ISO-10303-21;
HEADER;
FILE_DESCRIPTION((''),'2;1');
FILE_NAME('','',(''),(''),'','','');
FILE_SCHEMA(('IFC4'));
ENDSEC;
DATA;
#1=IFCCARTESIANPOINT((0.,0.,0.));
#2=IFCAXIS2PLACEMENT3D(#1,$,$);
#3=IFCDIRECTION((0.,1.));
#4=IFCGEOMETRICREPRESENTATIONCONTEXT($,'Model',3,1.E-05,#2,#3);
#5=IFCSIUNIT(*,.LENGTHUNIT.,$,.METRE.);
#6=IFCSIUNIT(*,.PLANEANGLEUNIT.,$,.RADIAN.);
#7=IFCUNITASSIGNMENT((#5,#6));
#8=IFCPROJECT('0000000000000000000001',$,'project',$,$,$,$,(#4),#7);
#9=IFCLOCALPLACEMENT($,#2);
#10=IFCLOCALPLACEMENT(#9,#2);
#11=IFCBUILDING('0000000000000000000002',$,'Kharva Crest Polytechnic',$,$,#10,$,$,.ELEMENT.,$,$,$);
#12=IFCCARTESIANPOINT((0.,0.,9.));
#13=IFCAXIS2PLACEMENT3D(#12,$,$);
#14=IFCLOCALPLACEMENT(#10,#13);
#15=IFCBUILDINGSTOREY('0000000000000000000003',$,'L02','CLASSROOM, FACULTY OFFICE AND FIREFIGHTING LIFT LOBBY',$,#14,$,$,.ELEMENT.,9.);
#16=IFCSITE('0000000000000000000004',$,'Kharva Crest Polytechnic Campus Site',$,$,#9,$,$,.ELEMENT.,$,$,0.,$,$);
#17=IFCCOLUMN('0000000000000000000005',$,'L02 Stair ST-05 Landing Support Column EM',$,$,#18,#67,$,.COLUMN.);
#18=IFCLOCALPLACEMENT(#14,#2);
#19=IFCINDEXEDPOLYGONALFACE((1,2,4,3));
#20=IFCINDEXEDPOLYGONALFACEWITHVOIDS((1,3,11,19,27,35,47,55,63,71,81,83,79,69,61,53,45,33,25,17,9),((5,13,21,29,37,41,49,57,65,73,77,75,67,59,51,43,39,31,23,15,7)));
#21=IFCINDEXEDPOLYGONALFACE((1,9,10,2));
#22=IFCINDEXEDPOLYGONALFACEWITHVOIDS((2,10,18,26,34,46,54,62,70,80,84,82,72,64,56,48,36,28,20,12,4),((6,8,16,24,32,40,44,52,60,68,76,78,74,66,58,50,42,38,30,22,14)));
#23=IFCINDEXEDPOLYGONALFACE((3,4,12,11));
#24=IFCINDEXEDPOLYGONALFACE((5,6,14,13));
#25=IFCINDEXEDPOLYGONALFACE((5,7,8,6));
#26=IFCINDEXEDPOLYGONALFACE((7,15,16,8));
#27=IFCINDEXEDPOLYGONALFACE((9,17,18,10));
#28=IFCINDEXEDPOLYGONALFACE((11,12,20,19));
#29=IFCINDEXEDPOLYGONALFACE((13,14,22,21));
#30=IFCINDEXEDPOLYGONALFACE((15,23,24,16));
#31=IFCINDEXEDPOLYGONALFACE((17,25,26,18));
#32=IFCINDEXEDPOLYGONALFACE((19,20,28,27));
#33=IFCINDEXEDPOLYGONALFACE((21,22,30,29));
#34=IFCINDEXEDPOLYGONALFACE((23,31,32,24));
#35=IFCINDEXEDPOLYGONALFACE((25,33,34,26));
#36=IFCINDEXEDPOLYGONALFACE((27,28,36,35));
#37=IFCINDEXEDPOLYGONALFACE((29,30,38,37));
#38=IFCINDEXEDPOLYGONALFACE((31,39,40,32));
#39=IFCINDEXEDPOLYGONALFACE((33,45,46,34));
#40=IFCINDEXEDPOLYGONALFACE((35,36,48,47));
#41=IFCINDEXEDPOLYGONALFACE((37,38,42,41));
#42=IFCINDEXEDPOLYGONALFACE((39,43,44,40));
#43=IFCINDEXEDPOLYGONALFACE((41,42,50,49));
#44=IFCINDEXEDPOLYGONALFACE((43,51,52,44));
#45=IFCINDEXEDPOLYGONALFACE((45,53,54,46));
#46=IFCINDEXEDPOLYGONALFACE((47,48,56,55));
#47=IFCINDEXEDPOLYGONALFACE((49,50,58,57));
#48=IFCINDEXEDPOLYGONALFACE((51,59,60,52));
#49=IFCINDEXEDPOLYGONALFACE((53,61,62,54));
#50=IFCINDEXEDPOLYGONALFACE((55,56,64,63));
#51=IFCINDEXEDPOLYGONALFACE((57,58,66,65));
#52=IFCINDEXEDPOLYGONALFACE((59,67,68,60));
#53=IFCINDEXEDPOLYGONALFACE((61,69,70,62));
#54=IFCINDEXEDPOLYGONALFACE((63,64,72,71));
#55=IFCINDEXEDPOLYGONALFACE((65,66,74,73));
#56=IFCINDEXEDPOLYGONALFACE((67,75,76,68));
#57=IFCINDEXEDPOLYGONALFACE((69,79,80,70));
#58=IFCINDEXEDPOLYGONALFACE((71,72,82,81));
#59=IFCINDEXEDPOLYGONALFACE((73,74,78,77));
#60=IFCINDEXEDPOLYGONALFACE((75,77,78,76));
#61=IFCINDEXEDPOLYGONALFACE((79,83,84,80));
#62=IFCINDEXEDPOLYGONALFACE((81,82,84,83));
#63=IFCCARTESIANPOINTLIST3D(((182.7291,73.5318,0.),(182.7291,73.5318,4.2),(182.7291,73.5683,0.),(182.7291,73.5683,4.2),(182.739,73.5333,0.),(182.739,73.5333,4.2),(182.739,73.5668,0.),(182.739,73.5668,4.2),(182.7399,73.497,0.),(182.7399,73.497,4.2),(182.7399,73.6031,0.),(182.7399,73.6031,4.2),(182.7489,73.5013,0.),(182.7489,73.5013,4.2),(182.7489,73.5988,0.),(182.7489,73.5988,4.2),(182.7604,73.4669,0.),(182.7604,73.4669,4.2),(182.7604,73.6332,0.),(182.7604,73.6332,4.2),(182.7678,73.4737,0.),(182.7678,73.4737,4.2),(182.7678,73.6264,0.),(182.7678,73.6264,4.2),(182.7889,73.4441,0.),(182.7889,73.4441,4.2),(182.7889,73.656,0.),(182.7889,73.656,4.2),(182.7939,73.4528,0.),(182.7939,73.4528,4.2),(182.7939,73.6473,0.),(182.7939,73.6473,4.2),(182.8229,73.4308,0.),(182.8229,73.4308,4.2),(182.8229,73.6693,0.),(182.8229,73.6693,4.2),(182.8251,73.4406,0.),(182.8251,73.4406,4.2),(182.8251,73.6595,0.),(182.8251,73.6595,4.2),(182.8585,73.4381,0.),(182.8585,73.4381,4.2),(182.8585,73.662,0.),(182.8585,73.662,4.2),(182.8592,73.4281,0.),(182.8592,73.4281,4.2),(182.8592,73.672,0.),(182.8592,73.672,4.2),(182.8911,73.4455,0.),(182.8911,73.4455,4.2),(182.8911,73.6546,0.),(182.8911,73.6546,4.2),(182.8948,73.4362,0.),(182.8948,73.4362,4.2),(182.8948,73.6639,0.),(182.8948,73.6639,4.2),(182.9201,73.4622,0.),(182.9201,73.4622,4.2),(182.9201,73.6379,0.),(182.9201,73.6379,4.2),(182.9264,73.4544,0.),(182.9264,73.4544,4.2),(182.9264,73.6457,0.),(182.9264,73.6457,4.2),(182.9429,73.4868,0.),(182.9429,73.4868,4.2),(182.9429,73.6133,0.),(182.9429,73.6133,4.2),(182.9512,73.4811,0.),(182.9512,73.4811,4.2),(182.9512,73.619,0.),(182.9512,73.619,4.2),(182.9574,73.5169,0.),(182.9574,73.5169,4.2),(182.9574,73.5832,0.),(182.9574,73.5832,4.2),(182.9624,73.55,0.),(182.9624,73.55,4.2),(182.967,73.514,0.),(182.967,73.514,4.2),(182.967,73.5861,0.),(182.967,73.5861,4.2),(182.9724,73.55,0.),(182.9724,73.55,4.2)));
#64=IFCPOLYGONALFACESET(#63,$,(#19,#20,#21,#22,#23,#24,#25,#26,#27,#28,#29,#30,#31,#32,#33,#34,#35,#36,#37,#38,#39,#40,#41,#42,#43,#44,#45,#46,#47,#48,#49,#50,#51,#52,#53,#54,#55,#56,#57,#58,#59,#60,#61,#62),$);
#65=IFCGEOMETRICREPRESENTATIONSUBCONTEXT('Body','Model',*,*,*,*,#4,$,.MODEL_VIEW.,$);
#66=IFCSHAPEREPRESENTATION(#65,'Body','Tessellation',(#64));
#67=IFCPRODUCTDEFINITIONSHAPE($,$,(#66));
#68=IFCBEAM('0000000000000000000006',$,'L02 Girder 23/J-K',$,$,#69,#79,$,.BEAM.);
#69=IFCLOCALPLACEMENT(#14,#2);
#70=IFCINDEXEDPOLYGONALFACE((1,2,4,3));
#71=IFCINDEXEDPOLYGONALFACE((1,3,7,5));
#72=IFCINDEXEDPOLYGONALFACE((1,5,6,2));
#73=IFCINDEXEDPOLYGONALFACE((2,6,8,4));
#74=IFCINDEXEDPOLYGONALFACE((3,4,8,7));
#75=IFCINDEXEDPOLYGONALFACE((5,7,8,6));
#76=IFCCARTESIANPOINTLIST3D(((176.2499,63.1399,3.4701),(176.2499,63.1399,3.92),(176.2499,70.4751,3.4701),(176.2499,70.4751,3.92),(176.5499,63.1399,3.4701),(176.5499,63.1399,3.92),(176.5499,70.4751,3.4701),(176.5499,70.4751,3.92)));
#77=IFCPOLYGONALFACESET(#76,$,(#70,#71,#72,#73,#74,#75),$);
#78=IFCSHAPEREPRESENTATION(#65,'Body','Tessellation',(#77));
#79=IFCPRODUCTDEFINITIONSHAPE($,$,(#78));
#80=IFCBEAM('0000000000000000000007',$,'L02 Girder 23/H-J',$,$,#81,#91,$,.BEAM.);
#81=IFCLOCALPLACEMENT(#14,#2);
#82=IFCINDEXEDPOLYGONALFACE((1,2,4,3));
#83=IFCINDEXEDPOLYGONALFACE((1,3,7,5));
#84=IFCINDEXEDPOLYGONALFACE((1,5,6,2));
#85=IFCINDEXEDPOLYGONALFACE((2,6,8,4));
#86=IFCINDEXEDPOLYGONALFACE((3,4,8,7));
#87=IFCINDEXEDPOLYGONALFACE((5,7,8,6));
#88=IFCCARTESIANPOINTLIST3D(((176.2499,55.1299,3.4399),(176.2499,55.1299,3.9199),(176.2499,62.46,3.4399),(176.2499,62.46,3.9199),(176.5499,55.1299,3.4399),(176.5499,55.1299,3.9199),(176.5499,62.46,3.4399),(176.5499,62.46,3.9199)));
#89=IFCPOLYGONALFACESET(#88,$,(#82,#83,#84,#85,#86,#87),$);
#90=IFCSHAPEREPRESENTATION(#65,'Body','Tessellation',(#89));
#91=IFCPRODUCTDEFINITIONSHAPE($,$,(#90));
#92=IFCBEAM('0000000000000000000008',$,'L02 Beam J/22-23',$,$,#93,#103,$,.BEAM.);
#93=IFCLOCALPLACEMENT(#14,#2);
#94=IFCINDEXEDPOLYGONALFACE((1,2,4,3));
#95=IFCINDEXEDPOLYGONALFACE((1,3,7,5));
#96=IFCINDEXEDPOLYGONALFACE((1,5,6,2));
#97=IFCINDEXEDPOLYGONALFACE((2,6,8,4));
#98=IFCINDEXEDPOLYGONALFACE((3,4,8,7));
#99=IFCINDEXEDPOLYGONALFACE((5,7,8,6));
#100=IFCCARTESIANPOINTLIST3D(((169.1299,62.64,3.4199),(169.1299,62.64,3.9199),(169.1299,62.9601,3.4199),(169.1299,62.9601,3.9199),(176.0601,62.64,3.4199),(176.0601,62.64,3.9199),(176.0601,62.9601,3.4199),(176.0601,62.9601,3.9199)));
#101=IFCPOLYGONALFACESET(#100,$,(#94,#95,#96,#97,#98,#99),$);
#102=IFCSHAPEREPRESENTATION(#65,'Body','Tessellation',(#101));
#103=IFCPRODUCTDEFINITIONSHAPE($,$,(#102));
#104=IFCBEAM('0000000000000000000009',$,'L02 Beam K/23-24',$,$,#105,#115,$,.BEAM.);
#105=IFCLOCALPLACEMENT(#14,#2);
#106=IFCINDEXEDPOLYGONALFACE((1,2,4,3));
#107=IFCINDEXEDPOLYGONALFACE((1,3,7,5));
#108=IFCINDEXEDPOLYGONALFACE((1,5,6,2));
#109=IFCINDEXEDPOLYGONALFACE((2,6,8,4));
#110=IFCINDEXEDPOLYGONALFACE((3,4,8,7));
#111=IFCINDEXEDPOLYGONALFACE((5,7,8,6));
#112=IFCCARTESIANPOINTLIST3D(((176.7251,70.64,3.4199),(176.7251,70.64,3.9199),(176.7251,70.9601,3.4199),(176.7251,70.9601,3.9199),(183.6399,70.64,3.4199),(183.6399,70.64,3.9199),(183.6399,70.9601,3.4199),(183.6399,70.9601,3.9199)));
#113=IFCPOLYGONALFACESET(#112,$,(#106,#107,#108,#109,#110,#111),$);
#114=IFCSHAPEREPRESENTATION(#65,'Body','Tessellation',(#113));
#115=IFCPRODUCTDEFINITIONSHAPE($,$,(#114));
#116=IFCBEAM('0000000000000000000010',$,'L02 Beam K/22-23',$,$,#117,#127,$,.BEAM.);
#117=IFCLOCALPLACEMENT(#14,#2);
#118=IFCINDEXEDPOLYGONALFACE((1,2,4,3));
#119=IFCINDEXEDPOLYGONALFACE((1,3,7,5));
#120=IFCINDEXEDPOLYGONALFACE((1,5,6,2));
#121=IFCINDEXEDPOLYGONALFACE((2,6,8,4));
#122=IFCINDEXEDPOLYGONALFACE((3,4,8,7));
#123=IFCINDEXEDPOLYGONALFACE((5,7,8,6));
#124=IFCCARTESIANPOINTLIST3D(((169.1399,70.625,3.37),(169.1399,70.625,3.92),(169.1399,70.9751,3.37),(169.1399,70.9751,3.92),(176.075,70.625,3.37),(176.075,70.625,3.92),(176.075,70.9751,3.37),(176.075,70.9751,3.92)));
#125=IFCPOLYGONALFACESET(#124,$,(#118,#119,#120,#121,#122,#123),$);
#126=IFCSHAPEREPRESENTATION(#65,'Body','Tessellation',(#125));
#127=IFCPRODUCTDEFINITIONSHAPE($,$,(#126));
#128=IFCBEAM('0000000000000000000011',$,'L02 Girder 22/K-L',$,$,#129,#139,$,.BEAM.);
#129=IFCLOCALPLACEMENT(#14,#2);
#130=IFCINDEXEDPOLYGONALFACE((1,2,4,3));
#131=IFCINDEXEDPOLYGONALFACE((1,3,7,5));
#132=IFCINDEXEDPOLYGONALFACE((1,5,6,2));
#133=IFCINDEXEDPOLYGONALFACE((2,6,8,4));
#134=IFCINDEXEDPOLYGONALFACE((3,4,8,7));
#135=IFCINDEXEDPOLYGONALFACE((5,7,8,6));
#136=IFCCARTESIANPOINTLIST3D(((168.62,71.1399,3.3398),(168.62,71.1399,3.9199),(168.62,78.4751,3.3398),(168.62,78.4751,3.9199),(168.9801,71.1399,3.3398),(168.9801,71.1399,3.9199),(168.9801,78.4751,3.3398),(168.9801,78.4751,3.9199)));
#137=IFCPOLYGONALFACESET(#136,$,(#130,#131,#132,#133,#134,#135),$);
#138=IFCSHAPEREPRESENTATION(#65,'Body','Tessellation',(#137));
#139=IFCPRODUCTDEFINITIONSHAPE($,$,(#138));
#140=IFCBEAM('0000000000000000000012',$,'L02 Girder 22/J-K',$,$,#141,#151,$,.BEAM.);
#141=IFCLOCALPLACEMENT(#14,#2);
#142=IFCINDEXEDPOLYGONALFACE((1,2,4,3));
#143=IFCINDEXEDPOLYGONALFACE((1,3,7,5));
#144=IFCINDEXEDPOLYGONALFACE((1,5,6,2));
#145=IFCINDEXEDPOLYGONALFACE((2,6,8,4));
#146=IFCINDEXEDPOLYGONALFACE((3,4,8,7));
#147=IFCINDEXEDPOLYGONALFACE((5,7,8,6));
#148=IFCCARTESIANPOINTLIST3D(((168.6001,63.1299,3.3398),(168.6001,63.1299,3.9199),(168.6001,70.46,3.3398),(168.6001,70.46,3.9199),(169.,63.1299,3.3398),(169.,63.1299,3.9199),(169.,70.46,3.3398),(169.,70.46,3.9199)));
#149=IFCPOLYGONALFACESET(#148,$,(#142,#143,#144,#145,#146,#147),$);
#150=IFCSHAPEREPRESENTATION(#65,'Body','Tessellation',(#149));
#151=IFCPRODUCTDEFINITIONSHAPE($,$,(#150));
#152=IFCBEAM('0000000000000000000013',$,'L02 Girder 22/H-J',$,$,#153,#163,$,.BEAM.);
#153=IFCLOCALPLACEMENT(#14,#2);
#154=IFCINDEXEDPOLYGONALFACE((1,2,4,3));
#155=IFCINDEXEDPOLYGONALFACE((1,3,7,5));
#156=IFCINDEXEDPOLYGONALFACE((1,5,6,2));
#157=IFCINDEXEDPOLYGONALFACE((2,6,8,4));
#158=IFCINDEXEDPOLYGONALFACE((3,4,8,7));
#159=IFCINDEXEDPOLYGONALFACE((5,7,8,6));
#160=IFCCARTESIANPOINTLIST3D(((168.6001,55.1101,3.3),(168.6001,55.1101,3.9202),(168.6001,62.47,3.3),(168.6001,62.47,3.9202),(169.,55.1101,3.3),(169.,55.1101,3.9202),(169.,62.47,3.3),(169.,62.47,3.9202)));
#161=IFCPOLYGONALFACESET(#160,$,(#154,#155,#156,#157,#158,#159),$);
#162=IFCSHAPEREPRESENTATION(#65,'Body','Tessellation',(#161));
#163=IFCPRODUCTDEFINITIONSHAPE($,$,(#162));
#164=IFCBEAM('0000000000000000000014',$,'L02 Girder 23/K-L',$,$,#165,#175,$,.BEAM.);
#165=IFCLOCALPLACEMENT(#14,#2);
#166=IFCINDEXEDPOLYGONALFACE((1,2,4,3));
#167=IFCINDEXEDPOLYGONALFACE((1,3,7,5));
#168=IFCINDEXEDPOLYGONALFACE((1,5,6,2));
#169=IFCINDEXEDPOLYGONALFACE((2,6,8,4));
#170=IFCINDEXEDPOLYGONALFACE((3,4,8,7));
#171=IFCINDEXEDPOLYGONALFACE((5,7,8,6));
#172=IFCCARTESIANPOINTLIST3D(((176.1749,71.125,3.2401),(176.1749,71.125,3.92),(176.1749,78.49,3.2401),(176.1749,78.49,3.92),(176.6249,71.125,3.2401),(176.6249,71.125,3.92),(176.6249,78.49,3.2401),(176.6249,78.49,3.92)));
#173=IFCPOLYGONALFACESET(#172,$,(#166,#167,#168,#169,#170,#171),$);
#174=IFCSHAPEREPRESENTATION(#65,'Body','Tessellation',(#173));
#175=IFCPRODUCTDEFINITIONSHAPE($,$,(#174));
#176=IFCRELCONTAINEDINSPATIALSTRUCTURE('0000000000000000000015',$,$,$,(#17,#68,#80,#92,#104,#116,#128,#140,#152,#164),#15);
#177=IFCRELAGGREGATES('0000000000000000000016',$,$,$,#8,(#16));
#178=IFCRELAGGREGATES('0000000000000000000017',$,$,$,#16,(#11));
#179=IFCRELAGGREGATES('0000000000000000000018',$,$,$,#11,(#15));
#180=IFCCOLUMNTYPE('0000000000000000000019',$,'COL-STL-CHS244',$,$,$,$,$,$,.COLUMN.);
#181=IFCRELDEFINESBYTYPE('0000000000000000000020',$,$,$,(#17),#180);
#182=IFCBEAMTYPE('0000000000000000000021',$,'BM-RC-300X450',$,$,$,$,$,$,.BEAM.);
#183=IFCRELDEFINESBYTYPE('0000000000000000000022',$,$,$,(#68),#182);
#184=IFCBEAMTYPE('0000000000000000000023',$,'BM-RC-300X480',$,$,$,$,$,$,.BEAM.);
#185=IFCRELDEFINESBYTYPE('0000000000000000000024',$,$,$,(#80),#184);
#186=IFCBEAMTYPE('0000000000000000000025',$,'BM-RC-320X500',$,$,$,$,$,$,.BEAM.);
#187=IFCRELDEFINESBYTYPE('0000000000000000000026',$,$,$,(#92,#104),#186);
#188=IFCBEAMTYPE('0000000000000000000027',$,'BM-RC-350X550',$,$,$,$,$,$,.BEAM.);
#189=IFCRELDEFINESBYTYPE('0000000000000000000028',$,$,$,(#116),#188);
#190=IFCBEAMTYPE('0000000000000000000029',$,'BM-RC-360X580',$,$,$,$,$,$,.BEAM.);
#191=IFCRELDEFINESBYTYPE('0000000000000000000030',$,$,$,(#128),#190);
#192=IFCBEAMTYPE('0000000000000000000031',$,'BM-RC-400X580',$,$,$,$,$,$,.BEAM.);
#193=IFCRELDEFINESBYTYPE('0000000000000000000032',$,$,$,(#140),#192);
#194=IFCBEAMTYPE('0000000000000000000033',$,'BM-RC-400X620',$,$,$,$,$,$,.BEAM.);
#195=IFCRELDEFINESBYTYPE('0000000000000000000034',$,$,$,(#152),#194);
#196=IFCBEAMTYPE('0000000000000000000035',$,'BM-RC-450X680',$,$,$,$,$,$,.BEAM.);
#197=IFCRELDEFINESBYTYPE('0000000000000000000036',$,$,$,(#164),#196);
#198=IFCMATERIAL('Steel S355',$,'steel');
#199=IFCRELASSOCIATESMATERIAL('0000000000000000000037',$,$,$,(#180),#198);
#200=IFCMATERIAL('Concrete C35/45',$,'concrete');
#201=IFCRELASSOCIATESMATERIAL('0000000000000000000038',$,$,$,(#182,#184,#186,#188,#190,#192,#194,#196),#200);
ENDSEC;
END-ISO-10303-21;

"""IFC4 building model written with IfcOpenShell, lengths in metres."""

from ifc_helpers import new_model, si_unit, direction, frame, origin, origin_2d, place, context, subcontext, project, spatial, rectangle, hollow_circle, extrude, material, material_profile, profile_set, type_object, element, save


model = new_model("IFC4")

# Units and contexts
model_context = context("Model", 3, precision=1e-05, world=origin(), true_north=direction((0.0, 1.0)))
body_context = subcontext(model_context, "Body", "Model", "MODEL_VIEW")
ifc_project = project(units=[si_unit("LENGTHUNIT", "METRE"), si_unit("PLANEANGLEUNIT", "RADIAN")], contexts=[model_context])

# Site, building, storey
site_placement = place(None, origin())
site = spatial("IfcSite", under=ifc_project, at=site_placement, Name="Kharva Crest Polytechnic Campus Site", CompositionType="ELEMENT", RefElevation=0.0)
building_placement = place(site_placement, origin())
building = spatial("IfcBuilding", under=site, at=building_placement, Name="Kharva Crest Polytechnic", CompositionType="ELEMENT")
storey_placement = place(building_placement, frame((0.0, 0.0, 9.0)))
storey = spatial("IfcBuildingStorey", under=building, at=storey_placement, Name="L02", Description="CLASSROOM, FACULTY OFFICE AND FIREFIGHTING LIFT LOBBY", CompositionType="ELEMENT", Elevation=9.0)

# Column
ifc_material_1 = material(Name="Steel S355", Category="steel")
ifc_material_profile_1 = material_profile(ifc_material_1, hollow_circle(Radius=0.1223, WallThickness=0.01, at=origin_2d()), Name="CHS 244.5X10.0")
ifc_profile_set_1 = profile_set([ifc_material_profile_1], Name="Steel S355")
column_type_1 = type_object("IfcColumnType", Name="COL-STL-CHS244", PredefinedType="COLUMN", material=ifc_profile_set_1)
for number, where, z_axis, x_axis, name in (
    (1, (182.8501, 73.55, 0.0), (0.0, 0.0, 1.0), (1.0, 0.0, 0.0), "L02 Stair ST-05 Landing Support Column EM"),
):
    element("IfcColumn", number, at=place(storey_placement, frame(where, z_axis=z_axis, x_axis=x_axis)), inside=storey, type_object=column_type_1, Name=name, PredefinedType="COLUMN", context=body_context, shape_type="SweptSolid", body=[
        extrude(hollow_circle(Radius=0.1223, WallThickness=0.01, at=origin_2d()), origin(), (0.0, 0.0, 1.0), 4.2),
    ])

# Beams
ifc_material_2 = material(Name="Concrete C35/45", Category="concrete")
ifc_material_profile_2 = material_profile(ifc_material_2, rectangle(XDim=0.3, YDim=0.45, at=origin_2d()), Name="RECT 300 X 450")
ifc_profile_set_2 = profile_set([ifc_material_profile_2], Name="Concrete C35/45")
beam_type_1 = type_object("IfcBeamType", Name="BM-RC-300X450", PredefinedType="BEAM", material=ifc_profile_set_2)
beam_1_placement = place(storey_placement, frame((176.3999, 63.1399, 3.6951), z_axis=(0.0, 1.0, 0.0), x_axis=(-1.0, 0.0, 0.0)))
element("IfcBeam", 2, at=beam_1_placement, inside=storey, type_object=beam_type_1, Name="L02 Girder 23/J-K", PredefinedType="BEAM", context=body_context, shape_type="SweptSolid", body=[
    extrude(rectangle(XDim=0.3, YDim=0.45, at=origin_2d()), origin(), (0.0, 0.0, 1.0), 7.3352),
])
ifc_material_profile_3 = material_profile(ifc_material_2, rectangle(XDim=0.3, YDim=0.48, at=origin_2d()), Name="RECT 300 X 480")
ifc_profile_set_3 = profile_set([ifc_material_profile_3], Name="Concrete C35/45")
beam_type_2 = type_object("IfcBeamType", Name="BM-RC-300X480", PredefinedType="BEAM", material=ifc_profile_set_3)
beam_2_placement = place(storey_placement, frame((176.3999, 55.1299, 3.6799), z_axis=(0.0, 1.0, 0.0), x_axis=(-1.0, 0.0, 0.0)))
element("IfcBeam", 3, at=beam_2_placement, inside=storey, type_object=beam_type_2, Name="L02 Girder 23/H-J", PredefinedType="BEAM", context=body_context, shape_type="SweptSolid", body=[
    extrude(rectangle(XDim=0.3, YDim=0.48, at=origin_2d()), origin(), (0.0, 0.0, 1.0), 7.3301),
])
ifc_material_profile_4 = material_profile(ifc_material_2, rectangle(XDim=0.3201, YDim=0.5, at=origin_2d()), Name="RECT 320 X 500")
ifc_profile_set_4 = profile_set([ifc_material_profile_4], Name="Concrete C35/45")
beam_type_3 = type_object("IfcBeamType", Name="BM-RC-320X500", PredefinedType="BEAM", material=ifc_profile_set_4)
beam_3_placement = place(storey_placement, frame((169.1299, 62.8, 3.6699), z_axis=(1.0, 0.0, 0.0), x_axis=(0.0, 1.0, 0.0)))
element("IfcBeam", 4, at=beam_3_placement, inside=storey, type_object=beam_type_3, Name="L02 Beam J/22-23", PredefinedType="BEAM", context=body_context, shape_type="SweptSolid", body=[
    extrude(rectangle(XDim=0.3201, YDim=0.5, at=origin_2d()), origin(), (0.0, 0.0, 1.0), 6.9302),
])
beam_4_placement = place(storey_placement, frame((176.7251, 70.8, 3.6699), z_axis=(1.0, 0.0, 0.0), x_axis=(0.0, 1.0, 0.0)))
element("IfcBeam", 5, at=beam_4_placement, inside=storey, type_object=beam_type_3, Name="L02 Beam K/23-24", PredefinedType="BEAM", context=body_context, shape_type="SweptSolid", body=[
    extrude(rectangle(XDim=0.3201, YDim=0.5, at=origin_2d()), origin(), (0.0, 0.0, 1.0), 6.9148),
])
ifc_material_profile_5 = material_profile(ifc_material_2, rectangle(XDim=0.3501, YDim=0.55, at=origin_2d()), Name="RECT 350 X 550")
ifc_profile_set_5 = profile_set([ifc_material_profile_5], Name="Concrete C35/45")
beam_type_4 = type_object("IfcBeamType", Name="BM-RC-350X550", PredefinedType="BEAM", material=ifc_profile_set_5)
beam_5_placement = place(storey_placement, frame((169.1399, 70.8, 3.645), z_axis=(1.0, 0.0, 0.0), x_axis=(0.0, 1.0, 0.0)))
element("IfcBeam", 6, at=beam_5_placement, inside=storey, type_object=beam_type_4, Name="L02 Beam K/22-23", PredefinedType="BEAM", context=body_context, shape_type="SweptSolid", body=[
    extrude(rectangle(XDim=0.3501, YDim=0.55, at=origin_2d()), origin(), (0.0, 0.0, 1.0), 6.9351),
])
ifc_material_profile_6 = material_profile(ifc_material_2, rectangle(XDim=0.3601, YDim=0.5801, at=origin_2d()), Name="RECT 360 X 580")
ifc_profile_set_6 = profile_set([ifc_material_profile_6], Name="Concrete C35/45")
beam_type_5 = type_object("IfcBeamType", Name="BM-RC-360X580", PredefinedType="BEAM", material=ifc_profile_set_6)
beam_6_placement = place(storey_placement, frame((168.8, 71.1399, 3.6299), z_axis=(0.0, 1.0, 0.0), x_axis=(-1.0, 0.0, 0.0)))
element("IfcBeam", 7, at=beam_6_placement, inside=storey, type_object=beam_type_5, Name="L02 Girder 22/K-L", PredefinedType="BEAM", context=body_context, shape_type="SweptSolid", body=[
    extrude(rectangle(XDim=0.3601, YDim=0.5801, at=origin_2d()), origin(), (0.0, 0.0, 1.0), 7.3352),
])
ifc_material_profile_7 = material_profile(ifc_material_2, rectangle(XDim=0.3999, YDim=0.5801, at=origin_2d()), Name="RECT 400 X 580")
ifc_profile_set_7 = profile_set([ifc_material_profile_7], Name="Concrete C35/45")
beam_type_6 = type_object("IfcBeamType", Name="BM-RC-400X580", PredefinedType="BEAM", material=ifc_profile_set_7)
beam_7_placement = place(storey_placement, frame((168.8, 63.1299, 3.6299), z_axis=(0.0, 1.0, 0.0), x_axis=(-1.0, 0.0, 0.0)))
element("IfcBeam", 8, at=beam_7_placement, inside=storey, type_object=beam_type_6, Name="L02 Girder 22/J-K", PredefinedType="BEAM", context=body_context, shape_type="SweptSolid", body=[
    extrude(rectangle(XDim=0.3999, YDim=0.5801, at=origin_2d()), origin(), (0.0, 0.0, 1.0), 7.3301),
])
ifc_material_profile_8 = material_profile(ifc_material_2, rectangle(XDim=0.3999, YDim=0.6201, at=origin_2d()), Name="RECT 400 X 620")
ifc_profile_set_8 = profile_set([ifc_material_profile_8], Name="Concrete C35/45")
beam_type_7 = type_object("IfcBeamType", Name="BM-RC-400X620", PredefinedType="BEAM", material=ifc_profile_set_8)
beam_8_placement = place(storey_placement, frame((168.8, 55.1101, 3.6101), z_axis=(0.0, 1.0, 0.0), x_axis=(-1.0, 0.0, 0.0)))
element("IfcBeam", 9, at=beam_8_placement, inside=storey, type_object=beam_type_7, Name="L02 Girder 22/H-J", PredefinedType="BEAM", context=body_context, shape_type="SweptSolid", body=[
    extrude(rectangle(XDim=0.3999, YDim=0.6201, at=origin_2d()), origin(), (0.0, 0.0, 1.0), 7.3599),
])
ifc_material_profile_9 = material_profile(ifc_material_2, rectangle(XDim=0.45, YDim=0.6799, at=origin_2d()), Name="RECT 450 X 680")
ifc_profile_set_9 = profile_set([ifc_material_profile_9], Name="Concrete C35/45")
beam_type_8 = type_object("IfcBeamType", Name="BM-RC-450X680", PredefinedType="BEAM", material=ifc_profile_set_9)
beam_9_placement = place(storey_placement, frame((176.3999, 71.125, 3.5801), z_axis=(0.0, 1.0, 0.0), x_axis=(-1.0, 0.0, 0.0)))
element("IfcBeam", 10, at=beam_9_placement, inside=storey, type_object=beam_type_8, Name="L02 Girder 23/K-L", PredefinedType="BEAM", context=body_context, shape_type="SweptSolid", body=[
    extrude(rectangle(XDim=0.45, YDim=0.6799, at=origin_2d()), origin(), (0.0, 0.0, 1.0), 7.365),
])

save(model, "model.ifc")
